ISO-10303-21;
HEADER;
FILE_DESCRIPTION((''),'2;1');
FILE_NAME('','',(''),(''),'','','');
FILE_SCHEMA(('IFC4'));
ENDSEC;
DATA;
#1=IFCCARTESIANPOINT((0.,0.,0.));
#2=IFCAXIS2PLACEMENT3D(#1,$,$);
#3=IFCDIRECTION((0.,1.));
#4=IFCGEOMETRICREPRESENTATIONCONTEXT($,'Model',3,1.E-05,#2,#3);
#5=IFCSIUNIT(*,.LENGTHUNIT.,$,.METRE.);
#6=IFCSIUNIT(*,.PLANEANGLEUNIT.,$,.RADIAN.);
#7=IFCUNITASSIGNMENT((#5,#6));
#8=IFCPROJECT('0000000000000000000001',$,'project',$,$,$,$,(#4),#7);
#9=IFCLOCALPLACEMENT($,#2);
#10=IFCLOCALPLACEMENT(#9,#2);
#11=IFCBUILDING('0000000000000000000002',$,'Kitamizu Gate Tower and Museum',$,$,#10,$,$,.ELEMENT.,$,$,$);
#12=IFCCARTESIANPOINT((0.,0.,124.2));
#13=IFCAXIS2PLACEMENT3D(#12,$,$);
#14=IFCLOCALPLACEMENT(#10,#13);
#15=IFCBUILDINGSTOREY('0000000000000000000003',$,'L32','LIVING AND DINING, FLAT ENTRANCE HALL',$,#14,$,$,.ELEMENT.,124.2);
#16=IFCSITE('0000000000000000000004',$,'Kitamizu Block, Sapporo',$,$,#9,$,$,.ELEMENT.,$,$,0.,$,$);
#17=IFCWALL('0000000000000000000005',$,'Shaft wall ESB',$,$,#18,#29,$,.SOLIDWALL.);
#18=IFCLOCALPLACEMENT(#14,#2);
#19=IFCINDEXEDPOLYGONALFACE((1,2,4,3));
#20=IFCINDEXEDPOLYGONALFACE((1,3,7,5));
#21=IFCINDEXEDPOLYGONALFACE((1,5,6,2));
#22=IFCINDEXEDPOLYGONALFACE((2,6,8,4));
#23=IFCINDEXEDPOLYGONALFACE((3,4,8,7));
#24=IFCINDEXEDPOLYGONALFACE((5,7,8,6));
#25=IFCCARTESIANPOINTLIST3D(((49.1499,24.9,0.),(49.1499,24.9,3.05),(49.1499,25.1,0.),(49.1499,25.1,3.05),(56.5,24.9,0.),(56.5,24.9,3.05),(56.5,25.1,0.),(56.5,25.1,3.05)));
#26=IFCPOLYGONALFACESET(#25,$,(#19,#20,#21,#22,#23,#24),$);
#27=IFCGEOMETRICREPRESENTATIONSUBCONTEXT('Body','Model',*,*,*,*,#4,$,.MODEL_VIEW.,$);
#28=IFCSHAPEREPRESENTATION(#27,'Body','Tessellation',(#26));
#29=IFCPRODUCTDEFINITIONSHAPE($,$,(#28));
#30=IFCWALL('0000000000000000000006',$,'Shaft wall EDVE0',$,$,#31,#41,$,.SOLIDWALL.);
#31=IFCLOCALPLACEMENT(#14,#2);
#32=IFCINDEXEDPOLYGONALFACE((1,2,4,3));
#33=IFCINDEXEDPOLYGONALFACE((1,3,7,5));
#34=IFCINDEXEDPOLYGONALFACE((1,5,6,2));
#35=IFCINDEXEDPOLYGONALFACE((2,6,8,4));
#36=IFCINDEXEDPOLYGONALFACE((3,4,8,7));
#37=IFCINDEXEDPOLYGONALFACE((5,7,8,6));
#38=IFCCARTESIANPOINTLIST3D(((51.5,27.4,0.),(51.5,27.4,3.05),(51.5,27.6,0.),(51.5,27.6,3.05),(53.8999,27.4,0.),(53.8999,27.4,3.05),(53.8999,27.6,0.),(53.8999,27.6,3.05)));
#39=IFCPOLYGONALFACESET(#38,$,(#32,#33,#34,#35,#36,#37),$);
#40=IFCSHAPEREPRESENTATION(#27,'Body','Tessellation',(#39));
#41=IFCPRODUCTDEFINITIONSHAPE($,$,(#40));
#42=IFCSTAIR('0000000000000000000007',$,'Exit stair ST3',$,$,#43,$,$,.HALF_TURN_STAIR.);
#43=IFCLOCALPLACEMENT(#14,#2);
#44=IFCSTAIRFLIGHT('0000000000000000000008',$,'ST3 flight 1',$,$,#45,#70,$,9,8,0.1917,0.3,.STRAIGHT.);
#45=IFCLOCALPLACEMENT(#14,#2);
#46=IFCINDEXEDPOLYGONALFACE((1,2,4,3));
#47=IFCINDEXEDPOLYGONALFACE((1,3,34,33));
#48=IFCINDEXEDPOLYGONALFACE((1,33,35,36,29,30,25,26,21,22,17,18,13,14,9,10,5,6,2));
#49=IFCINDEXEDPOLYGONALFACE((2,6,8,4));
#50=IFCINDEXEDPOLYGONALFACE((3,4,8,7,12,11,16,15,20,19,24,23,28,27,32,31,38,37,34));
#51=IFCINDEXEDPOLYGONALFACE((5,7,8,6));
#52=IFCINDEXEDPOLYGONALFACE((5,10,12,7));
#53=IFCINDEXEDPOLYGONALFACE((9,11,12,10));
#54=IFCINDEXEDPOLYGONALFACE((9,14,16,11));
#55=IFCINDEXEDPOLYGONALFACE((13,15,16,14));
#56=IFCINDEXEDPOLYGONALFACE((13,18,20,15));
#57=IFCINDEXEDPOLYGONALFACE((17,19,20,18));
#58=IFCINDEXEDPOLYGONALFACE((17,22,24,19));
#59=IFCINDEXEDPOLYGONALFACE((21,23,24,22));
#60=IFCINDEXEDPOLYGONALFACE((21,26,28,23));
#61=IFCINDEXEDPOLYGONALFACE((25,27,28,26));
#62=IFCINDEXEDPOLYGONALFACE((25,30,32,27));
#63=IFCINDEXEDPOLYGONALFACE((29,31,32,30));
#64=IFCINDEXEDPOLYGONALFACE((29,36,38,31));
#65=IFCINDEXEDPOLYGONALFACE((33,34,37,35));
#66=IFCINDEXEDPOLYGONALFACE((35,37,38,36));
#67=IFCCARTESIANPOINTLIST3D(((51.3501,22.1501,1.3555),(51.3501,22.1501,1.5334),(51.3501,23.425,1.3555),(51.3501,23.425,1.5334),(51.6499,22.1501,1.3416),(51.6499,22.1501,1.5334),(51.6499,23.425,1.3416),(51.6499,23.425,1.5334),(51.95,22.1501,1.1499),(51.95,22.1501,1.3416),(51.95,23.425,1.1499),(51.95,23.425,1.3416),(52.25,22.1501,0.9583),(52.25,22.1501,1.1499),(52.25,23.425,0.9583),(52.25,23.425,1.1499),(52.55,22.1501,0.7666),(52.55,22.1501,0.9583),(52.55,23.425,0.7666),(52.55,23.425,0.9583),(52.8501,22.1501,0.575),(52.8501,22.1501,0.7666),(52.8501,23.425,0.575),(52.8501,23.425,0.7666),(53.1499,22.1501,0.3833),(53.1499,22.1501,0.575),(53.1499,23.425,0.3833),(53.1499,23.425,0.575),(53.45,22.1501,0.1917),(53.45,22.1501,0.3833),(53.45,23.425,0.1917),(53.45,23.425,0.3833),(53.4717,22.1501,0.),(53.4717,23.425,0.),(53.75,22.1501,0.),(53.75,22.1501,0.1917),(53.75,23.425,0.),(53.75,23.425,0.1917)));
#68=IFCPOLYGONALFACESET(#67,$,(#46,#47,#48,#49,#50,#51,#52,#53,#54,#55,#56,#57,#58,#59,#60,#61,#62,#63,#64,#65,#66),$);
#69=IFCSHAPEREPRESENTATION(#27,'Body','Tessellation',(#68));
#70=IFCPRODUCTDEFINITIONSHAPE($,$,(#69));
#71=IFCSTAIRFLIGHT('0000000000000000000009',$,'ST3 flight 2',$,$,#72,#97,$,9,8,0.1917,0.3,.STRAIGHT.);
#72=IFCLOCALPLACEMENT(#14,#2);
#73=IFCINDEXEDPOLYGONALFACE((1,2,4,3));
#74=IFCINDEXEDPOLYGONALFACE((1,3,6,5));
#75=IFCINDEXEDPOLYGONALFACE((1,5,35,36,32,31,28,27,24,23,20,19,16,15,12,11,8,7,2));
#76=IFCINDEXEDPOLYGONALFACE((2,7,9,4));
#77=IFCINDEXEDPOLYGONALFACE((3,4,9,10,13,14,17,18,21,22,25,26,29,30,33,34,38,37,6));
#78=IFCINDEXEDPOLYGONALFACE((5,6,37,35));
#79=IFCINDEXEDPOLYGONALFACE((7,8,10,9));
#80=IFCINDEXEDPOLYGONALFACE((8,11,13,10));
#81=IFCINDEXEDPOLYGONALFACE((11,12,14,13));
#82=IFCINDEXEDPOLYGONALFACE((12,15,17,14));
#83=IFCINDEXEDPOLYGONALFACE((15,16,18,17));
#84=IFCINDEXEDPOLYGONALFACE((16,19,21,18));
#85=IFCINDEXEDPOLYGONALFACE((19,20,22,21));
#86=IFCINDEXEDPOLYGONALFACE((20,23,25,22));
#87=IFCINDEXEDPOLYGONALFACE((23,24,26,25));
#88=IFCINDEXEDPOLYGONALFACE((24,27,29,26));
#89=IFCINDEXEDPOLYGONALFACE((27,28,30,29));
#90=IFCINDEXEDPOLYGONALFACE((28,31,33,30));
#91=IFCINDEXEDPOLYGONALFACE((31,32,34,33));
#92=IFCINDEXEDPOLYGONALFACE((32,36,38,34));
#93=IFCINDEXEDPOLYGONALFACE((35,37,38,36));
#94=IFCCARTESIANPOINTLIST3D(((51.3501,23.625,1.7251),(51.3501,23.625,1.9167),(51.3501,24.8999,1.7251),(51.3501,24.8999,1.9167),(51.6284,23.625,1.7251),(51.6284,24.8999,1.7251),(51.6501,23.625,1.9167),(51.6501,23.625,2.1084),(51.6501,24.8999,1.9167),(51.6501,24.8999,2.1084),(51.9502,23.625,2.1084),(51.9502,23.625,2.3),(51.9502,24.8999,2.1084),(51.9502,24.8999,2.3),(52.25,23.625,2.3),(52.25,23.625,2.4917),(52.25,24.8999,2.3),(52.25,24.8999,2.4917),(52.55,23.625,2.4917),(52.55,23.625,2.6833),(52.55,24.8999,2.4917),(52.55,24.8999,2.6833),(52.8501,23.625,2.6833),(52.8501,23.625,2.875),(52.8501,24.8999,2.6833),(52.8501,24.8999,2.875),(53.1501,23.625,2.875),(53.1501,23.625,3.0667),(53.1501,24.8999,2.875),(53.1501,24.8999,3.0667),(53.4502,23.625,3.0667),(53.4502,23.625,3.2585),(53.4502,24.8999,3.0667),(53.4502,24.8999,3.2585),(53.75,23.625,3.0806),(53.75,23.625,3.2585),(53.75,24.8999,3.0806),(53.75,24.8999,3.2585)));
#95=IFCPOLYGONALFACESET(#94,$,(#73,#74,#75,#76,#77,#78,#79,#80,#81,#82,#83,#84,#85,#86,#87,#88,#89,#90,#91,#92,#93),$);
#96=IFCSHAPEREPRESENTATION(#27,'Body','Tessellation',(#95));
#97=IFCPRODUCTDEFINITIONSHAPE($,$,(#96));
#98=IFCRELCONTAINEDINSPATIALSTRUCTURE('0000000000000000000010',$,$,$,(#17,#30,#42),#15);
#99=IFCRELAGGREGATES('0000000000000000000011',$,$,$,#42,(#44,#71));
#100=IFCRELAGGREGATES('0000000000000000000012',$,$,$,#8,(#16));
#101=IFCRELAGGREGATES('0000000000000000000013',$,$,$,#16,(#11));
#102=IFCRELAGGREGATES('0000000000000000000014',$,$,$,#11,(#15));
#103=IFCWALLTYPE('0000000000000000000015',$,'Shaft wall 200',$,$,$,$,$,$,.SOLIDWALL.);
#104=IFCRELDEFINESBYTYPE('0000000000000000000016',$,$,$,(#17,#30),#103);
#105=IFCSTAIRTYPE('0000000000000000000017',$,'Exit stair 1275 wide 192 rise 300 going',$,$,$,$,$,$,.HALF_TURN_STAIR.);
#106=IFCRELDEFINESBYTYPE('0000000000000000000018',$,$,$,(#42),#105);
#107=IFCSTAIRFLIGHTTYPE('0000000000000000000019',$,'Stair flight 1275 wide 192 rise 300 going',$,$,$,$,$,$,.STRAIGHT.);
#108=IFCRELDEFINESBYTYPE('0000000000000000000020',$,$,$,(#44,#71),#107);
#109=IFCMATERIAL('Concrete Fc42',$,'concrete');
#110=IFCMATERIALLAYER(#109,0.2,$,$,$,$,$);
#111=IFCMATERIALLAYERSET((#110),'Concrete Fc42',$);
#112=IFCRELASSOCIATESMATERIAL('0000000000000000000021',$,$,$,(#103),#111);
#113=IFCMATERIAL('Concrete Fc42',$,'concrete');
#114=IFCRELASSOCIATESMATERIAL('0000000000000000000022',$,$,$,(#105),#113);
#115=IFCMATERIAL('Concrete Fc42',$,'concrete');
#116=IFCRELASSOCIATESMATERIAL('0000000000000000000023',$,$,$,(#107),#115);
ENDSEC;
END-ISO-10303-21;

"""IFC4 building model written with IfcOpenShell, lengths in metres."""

from ifc_helpers import new_model, si_unit, direction, frame, frame_2d, origin, place, context, subcontext, project, spatial, polyline, rectangle, outline, extrude, material, layer, layer_set, type_object, element, aggregate, save


model = new_model("IFC4")

# Units and contexts
model_context = context("Model", 3, precision=1e-05, world=origin(), true_north=direction((0.0, 1.0)))
body_context = subcontext(model_context, "Body", "Model", "MODEL_VIEW")
ifc_project = project(units=[si_unit("LENGTHUNIT", "METRE"), si_unit("PLANEANGLEUNIT", "RADIAN")], contexts=[model_context])

# Site, building, storey
site_placement = place(None, origin())
site = spatial("IfcSite", under=ifc_project, at=site_placement, Name="Kitamizu Block, Sapporo", CompositionType="ELEMENT", RefElevation=0.0)
building_placement = place(site_placement, origin())
building = spatial("IfcBuilding", under=site, at=building_placement, Name="Kitamizu Gate Tower and Museum", CompositionType="ELEMENT")
storey_placement = place(building_placement, frame((0.0, 0.0, 124.2)))
storey = spatial("IfcBuildingStorey", under=building, at=storey_placement, Name="L32", Description="LIVING AND DINING, FLAT ENTRANCE HALL", CompositionType="ELEMENT", Elevation=124.2)

# Shared definitions
ifc_material_1 = material(Name="Concrete Fc42", Category="concrete")
ifc_layer = layer(ifc_material_1, 0.2)
ifc_layer_set = layer_set([ifc_layer], Name="Concrete Fc42")
wall_type = type_object("IfcWallType", Name="Shaft wall 200", PredefinedType="SOLIDWALL", material=ifc_layer_set)

# Walls
wall_1_placement = place(storey_placement, frame((56.5, 25.0, 0.0), z_axis=(0.0, 0.0, 1.0), x_axis=(-1.0, 0.0, 0.0)))
element("IfcWall", 1, at=wall_1_placement, inside=storey, type_object=wall_type, Name="Shaft wall ESB", PredefinedType="SOLIDWALL", context=body_context, shape_type="SweptSolid", body=[
    extrude(rectangle(XDim=7.3501, YDim=0.2, at=frame_2d((3.675, 0.0))), origin(), (0.0, 0.0, 1.0), 3.05),
])
wall_2_placement = place(storey_placement, frame((53.8999, 27.5, 0.0), z_axis=(0.0, 0.0, 1.0), x_axis=(-1.0, 0.0, 0.0)))
element("IfcWall", 2, at=wall_2_placement, inside=storey, type_object=wall_type, Name="Shaft wall EDVE0", PredefinedType="SOLIDWALL", context=body_context, shape_type="SweptSolid", body=[
    extrude(rectangle(XDim=2.3999, YDim=0.2, at=frame_2d((1.2, 0.0))), origin(), (0.0, 0.0, 1.0), 3.05),
])

# Stair, stair flights
ifc_material_2 = material(Name="Concrete Fc42", Category="concrete")
stair_type = type_object("IfcStairType", Name="Exit stair 1275 wide 192 rise 300 going", PredefinedType="HALF_TURN_STAIR", material=ifc_material_2)
stair_placement = place(storey_placement, origin())
stair = element("IfcStair", 3, at=stair_placement, inside=storey, type_object=stair_type, Name="Exit stair ST3", PredefinedType="HALF_TURN_STAIR")
ifc_material_3 = material(Name="Concrete Fc42", Category="concrete")
stair_flight_type = type_object("IfcStairFlightType", Name="Stair flight 1275 wide 192 rise 300 going", PredefinedType="STRAIGHT", material=ifc_material_3)
stair_flight_1_placement = place(storey_placement, frame((53.75, 22.7876, 0.0), z_axis=(0.0, 0.0, 1.0), x_axis=(-1.0, 0.0, 0.0)))
stair_flight_1 = element("IfcStairFlight", 4, at=stair_flight_1_placement, type_object=stair_flight_type, Name="ST3 flight 1", NumberOfRisers=9, NumberOfTreads=8, PredefinedType="STRAIGHT", RiserHeight=0.1917, TreadLength=0.3, context=body_context, shape_type="SweptSolid", body=[
    extrude(outline(polyline([(0.0, 0.0), (0.0, 0.1917), (0.3, 0.1917), (0.3, 0.3833), (0.6001, 0.3833), (0.6001, 0.575), (0.8999, 0.575), (0.8999, 0.7666), (1.2, 0.7666), (1.2, 0.9583), (1.5, 0.9583), (1.5, 1.1499), (1.8, 1.1499), (1.8, 1.3416), (2.1001, 1.3416), (2.1001, 1.5334), (2.3999, 1.5334), (2.3999, 1.7251), (2.3999, 1.3555), (0.2783, 0.0), (0.0, 0.0)])), frame((0.0, 0.6375, 0.0), z_axis=(0.0, -1.0, 0.0), x_axis=(1.0, 0.0, 0.0)), (0.0, 0.0, 1.0), 1.2749),
])
stair_flight_2_placement = place(storey_placement, frame((51.3501, 24.2625, 1.7251), z_axis=(0.0, 0.0, 1.0), x_axis=(1.0, 0.0, 0.0)))
stair_flight_2 = element("IfcStairFlight", 5, at=stair_flight_2_placement, type_object=stair_flight_type, Name="ST3 flight 2", NumberOfRisers=9, NumberOfTreads=8, PredefinedType="STRAIGHT", RiserHeight=0.1917, TreadLength=0.3, context=body_context, shape_type="SweptSolid", body=[
    extrude(outline(polyline([(0.0, 0.0), (0.0, 0.1917), (0.3, 0.1917), (0.3, 0.3833), (0.6001, 0.3833), (0.6001, 0.575), (0.8999, 0.575), (0.8999, 0.7666), (1.2, 0.7666), (1.2, 0.9583), (1.5, 0.9583), (1.5, 1.1499), (1.8, 1.1499), (1.8, 1.3416), (2.1001, 1.3416), (2.1001, 1.5334), (2.3999, 1.5334), (2.3999, 1.7251), (2.3999, 1.3555), (0.2783, 0.0), (0.0, 0.0)])), frame((0.0, 0.6375, 0.0), z_axis=(0.0, -1.0, 0.0), x_axis=(1.0, 0.0, 0.0)), (0.0, 0.0, 1.0), 1.2749),
])
aggregate(stair, [stair_flight_1, stair_flight_2])

save(model, "model.ifc")
